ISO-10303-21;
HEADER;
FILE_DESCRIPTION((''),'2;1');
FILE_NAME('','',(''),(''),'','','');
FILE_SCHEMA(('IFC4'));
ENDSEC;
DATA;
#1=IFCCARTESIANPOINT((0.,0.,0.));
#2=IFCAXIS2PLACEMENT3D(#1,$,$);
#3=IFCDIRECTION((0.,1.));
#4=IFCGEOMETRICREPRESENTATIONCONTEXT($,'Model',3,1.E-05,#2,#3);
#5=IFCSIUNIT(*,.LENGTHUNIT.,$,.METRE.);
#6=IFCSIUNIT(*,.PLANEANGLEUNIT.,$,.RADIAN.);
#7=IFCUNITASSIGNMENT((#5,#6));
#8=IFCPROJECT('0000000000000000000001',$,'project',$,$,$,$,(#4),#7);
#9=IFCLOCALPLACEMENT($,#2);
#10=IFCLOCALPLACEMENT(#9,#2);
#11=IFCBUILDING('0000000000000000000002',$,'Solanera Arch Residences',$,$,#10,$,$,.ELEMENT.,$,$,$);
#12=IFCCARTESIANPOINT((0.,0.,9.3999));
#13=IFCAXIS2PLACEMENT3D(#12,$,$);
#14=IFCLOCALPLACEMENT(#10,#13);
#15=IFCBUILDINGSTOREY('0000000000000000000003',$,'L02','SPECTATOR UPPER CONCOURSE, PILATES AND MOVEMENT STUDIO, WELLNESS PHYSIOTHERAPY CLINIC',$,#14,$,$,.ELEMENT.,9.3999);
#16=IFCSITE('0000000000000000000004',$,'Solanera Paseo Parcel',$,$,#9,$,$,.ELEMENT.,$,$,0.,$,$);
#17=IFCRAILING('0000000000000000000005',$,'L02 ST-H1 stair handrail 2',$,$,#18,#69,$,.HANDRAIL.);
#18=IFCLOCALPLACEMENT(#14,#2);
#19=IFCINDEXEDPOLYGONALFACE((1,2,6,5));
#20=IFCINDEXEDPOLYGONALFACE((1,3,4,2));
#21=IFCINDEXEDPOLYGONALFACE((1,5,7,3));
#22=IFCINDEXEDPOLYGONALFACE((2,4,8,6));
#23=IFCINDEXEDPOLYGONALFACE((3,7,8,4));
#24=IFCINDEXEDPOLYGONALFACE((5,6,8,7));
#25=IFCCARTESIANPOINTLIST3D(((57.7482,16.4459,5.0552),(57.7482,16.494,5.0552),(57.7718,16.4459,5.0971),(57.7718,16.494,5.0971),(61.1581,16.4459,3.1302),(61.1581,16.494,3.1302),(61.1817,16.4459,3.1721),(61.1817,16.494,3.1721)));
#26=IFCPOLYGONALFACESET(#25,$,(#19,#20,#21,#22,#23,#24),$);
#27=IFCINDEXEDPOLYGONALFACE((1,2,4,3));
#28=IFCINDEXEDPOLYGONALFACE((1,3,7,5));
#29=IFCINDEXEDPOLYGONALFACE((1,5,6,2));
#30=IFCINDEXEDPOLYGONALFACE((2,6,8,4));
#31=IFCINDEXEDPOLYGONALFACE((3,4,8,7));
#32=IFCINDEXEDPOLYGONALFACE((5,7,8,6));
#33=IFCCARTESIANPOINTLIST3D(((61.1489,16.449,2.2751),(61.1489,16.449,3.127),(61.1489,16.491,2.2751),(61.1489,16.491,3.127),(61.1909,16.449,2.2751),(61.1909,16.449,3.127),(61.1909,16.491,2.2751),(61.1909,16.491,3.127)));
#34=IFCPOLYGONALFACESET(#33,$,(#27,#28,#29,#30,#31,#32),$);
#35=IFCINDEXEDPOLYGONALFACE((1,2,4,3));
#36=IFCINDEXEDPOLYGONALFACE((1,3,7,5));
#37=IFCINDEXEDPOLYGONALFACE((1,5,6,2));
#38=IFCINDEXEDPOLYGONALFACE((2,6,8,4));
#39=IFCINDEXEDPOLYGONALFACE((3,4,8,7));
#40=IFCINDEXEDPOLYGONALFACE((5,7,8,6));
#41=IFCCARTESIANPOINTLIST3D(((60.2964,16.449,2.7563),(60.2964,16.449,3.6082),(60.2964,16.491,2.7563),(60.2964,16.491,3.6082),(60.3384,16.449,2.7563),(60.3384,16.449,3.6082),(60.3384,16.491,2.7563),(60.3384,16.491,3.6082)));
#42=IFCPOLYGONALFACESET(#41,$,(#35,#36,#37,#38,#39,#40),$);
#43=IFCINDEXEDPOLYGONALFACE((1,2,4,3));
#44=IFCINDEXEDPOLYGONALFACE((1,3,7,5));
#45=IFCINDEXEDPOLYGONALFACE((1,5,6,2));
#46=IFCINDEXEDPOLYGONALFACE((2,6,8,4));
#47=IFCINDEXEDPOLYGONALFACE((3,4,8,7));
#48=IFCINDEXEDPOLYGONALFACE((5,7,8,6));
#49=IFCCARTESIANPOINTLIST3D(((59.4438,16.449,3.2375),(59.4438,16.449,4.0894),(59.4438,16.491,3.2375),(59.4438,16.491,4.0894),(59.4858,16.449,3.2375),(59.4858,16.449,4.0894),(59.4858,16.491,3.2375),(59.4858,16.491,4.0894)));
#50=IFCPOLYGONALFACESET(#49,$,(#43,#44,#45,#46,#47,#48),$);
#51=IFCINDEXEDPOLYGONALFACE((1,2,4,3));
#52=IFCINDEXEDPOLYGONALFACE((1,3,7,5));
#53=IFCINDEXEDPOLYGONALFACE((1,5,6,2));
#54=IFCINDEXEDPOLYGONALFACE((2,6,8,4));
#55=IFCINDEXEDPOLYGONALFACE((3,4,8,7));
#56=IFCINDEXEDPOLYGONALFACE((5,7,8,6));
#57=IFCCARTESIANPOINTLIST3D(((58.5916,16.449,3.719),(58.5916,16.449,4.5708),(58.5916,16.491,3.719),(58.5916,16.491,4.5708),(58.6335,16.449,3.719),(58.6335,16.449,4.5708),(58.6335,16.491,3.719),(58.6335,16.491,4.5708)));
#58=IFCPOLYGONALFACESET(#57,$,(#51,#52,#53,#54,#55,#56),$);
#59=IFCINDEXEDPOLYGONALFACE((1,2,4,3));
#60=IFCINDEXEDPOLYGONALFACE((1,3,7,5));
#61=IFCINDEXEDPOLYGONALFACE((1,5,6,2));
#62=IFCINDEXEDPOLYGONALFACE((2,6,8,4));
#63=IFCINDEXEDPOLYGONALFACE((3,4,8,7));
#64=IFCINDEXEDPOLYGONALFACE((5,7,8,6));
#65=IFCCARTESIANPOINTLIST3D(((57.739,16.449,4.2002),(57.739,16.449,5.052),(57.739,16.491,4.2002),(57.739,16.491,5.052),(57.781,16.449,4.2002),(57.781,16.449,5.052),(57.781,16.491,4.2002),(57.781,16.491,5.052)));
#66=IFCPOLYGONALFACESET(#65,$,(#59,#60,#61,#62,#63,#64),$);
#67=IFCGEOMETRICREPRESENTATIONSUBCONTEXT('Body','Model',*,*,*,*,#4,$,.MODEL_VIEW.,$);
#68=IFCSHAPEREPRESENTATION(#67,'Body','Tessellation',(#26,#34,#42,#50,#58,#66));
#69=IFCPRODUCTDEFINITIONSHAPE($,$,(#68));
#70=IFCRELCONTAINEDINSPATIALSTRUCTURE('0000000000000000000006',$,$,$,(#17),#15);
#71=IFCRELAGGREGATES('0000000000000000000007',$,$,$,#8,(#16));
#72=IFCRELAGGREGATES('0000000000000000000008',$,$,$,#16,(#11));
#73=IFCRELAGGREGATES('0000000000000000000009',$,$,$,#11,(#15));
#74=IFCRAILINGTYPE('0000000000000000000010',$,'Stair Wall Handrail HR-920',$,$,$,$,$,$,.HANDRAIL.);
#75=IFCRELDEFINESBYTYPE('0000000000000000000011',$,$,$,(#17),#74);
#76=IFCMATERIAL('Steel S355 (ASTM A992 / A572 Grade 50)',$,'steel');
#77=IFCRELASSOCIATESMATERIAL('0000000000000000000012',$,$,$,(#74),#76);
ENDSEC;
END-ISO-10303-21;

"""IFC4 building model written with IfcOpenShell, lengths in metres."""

from ifc_helpers import new_model, si_unit, direction, frame, origin, origin_2d, place, context, subcontext, project, spatial, rectangle, extrude, material, type_object, element, save


model = new_model("IFC4")

# Units and contexts
model_context = context("Model", 3, precision=1e-05, world=origin(), true_north=direction((0.0, 1.0)))
body_context = subcontext(model_context, "Body", "Model", "MODEL_VIEW")
ifc_project = project(units=[si_unit("LENGTHUNIT", "METRE"), si_unit("PLANEANGLEUNIT", "RADIAN")], contexts=[model_context])

# Site, building, storey
site_placement = place(None, origin())
site = spatial("IfcSite", under=ifc_project, at=site_placement, Name="Solanera Paseo Parcel", CompositionType="ELEMENT", RefElevation=0.0)
building_placement = place(site_placement, origin())
building = spatial("IfcBuilding", under=site, at=building_placement, Name="Solanera Arch Residences", CompositionType="ELEMENT")
storey_placement = place(building_placement, frame((0.0, 0.0, 9.3999)))
storey = spatial("IfcBuildingStorey", under=building, at=storey_placement, Name="L02", Description="SPECTATOR UPPER CONCOURSE, PILATES AND MOVEMENT STUDIO, WELLNESS PHYSIOTHERAPY CLINIC", CompositionType="ELEMENT", Elevation=9.3999)

# Railing
ifc_material_1 = material(Name="Steel S355 (ASTM A992 / A572 Grade 50)", Category="steel")
railing_type_1 = type_object("IfcRailingType", Name="Stair Wall Handrail HR-920", PredefinedType="HANDRAIL", material=ifc_material_1)
railing_1_placement = place(storey_placement, frame((61.1699, 16.47, 2.2751)))
element("IfcRailing", 1, at=railing_1_placement, inside=storey, type_object=railing_type_1, Name="L02 ST-H1 stair handrail 2", PredefinedType="HANDRAIL", context=body_context, shape_type="SweptSolid", body=[
    extrude(rectangle(XDim=0.0481, YDim=0.0481, at=origin_2d()), frame((0.0, 0.0, 0.876), z_axis=(-0.870814, 0.0, 0.491613), x_axis=(0.0, -1.0, 0.0)), (0.0, 0.0, 1.0), 3.9158),
    extrude(rectangle(XDim=0.042, YDim=0.042, at=origin_2d()), origin(), (0.0, 0.0, 1.0), 0.8518),
    extrude(rectangle(XDim=0.042, YDim=0.042, at=origin_2d()), frame((-0.8525, 0.0, 0.4812)), (0.0, 0.0, 1.0), 0.8518),
    extrude(rectangle(XDim=0.042, YDim=0.042, at=origin_2d()), frame((-1.7051, 0.0, 0.9624)), (0.0, 0.0, 1.0), 0.8518),
    extrude(rectangle(XDim=0.042, YDim=0.042, at=origin_2d()), frame((-2.5574, 0.0, 1.4438)), (0.0, 0.0, 1.0), 0.8518),
    extrude(rectangle(XDim=0.042, YDim=0.042, at=origin_2d()), frame((-3.4099, 0.0, 1.925)), (0.0, 0.0, 1.0), 0.8518),
])

save(model, "model.ifc")
